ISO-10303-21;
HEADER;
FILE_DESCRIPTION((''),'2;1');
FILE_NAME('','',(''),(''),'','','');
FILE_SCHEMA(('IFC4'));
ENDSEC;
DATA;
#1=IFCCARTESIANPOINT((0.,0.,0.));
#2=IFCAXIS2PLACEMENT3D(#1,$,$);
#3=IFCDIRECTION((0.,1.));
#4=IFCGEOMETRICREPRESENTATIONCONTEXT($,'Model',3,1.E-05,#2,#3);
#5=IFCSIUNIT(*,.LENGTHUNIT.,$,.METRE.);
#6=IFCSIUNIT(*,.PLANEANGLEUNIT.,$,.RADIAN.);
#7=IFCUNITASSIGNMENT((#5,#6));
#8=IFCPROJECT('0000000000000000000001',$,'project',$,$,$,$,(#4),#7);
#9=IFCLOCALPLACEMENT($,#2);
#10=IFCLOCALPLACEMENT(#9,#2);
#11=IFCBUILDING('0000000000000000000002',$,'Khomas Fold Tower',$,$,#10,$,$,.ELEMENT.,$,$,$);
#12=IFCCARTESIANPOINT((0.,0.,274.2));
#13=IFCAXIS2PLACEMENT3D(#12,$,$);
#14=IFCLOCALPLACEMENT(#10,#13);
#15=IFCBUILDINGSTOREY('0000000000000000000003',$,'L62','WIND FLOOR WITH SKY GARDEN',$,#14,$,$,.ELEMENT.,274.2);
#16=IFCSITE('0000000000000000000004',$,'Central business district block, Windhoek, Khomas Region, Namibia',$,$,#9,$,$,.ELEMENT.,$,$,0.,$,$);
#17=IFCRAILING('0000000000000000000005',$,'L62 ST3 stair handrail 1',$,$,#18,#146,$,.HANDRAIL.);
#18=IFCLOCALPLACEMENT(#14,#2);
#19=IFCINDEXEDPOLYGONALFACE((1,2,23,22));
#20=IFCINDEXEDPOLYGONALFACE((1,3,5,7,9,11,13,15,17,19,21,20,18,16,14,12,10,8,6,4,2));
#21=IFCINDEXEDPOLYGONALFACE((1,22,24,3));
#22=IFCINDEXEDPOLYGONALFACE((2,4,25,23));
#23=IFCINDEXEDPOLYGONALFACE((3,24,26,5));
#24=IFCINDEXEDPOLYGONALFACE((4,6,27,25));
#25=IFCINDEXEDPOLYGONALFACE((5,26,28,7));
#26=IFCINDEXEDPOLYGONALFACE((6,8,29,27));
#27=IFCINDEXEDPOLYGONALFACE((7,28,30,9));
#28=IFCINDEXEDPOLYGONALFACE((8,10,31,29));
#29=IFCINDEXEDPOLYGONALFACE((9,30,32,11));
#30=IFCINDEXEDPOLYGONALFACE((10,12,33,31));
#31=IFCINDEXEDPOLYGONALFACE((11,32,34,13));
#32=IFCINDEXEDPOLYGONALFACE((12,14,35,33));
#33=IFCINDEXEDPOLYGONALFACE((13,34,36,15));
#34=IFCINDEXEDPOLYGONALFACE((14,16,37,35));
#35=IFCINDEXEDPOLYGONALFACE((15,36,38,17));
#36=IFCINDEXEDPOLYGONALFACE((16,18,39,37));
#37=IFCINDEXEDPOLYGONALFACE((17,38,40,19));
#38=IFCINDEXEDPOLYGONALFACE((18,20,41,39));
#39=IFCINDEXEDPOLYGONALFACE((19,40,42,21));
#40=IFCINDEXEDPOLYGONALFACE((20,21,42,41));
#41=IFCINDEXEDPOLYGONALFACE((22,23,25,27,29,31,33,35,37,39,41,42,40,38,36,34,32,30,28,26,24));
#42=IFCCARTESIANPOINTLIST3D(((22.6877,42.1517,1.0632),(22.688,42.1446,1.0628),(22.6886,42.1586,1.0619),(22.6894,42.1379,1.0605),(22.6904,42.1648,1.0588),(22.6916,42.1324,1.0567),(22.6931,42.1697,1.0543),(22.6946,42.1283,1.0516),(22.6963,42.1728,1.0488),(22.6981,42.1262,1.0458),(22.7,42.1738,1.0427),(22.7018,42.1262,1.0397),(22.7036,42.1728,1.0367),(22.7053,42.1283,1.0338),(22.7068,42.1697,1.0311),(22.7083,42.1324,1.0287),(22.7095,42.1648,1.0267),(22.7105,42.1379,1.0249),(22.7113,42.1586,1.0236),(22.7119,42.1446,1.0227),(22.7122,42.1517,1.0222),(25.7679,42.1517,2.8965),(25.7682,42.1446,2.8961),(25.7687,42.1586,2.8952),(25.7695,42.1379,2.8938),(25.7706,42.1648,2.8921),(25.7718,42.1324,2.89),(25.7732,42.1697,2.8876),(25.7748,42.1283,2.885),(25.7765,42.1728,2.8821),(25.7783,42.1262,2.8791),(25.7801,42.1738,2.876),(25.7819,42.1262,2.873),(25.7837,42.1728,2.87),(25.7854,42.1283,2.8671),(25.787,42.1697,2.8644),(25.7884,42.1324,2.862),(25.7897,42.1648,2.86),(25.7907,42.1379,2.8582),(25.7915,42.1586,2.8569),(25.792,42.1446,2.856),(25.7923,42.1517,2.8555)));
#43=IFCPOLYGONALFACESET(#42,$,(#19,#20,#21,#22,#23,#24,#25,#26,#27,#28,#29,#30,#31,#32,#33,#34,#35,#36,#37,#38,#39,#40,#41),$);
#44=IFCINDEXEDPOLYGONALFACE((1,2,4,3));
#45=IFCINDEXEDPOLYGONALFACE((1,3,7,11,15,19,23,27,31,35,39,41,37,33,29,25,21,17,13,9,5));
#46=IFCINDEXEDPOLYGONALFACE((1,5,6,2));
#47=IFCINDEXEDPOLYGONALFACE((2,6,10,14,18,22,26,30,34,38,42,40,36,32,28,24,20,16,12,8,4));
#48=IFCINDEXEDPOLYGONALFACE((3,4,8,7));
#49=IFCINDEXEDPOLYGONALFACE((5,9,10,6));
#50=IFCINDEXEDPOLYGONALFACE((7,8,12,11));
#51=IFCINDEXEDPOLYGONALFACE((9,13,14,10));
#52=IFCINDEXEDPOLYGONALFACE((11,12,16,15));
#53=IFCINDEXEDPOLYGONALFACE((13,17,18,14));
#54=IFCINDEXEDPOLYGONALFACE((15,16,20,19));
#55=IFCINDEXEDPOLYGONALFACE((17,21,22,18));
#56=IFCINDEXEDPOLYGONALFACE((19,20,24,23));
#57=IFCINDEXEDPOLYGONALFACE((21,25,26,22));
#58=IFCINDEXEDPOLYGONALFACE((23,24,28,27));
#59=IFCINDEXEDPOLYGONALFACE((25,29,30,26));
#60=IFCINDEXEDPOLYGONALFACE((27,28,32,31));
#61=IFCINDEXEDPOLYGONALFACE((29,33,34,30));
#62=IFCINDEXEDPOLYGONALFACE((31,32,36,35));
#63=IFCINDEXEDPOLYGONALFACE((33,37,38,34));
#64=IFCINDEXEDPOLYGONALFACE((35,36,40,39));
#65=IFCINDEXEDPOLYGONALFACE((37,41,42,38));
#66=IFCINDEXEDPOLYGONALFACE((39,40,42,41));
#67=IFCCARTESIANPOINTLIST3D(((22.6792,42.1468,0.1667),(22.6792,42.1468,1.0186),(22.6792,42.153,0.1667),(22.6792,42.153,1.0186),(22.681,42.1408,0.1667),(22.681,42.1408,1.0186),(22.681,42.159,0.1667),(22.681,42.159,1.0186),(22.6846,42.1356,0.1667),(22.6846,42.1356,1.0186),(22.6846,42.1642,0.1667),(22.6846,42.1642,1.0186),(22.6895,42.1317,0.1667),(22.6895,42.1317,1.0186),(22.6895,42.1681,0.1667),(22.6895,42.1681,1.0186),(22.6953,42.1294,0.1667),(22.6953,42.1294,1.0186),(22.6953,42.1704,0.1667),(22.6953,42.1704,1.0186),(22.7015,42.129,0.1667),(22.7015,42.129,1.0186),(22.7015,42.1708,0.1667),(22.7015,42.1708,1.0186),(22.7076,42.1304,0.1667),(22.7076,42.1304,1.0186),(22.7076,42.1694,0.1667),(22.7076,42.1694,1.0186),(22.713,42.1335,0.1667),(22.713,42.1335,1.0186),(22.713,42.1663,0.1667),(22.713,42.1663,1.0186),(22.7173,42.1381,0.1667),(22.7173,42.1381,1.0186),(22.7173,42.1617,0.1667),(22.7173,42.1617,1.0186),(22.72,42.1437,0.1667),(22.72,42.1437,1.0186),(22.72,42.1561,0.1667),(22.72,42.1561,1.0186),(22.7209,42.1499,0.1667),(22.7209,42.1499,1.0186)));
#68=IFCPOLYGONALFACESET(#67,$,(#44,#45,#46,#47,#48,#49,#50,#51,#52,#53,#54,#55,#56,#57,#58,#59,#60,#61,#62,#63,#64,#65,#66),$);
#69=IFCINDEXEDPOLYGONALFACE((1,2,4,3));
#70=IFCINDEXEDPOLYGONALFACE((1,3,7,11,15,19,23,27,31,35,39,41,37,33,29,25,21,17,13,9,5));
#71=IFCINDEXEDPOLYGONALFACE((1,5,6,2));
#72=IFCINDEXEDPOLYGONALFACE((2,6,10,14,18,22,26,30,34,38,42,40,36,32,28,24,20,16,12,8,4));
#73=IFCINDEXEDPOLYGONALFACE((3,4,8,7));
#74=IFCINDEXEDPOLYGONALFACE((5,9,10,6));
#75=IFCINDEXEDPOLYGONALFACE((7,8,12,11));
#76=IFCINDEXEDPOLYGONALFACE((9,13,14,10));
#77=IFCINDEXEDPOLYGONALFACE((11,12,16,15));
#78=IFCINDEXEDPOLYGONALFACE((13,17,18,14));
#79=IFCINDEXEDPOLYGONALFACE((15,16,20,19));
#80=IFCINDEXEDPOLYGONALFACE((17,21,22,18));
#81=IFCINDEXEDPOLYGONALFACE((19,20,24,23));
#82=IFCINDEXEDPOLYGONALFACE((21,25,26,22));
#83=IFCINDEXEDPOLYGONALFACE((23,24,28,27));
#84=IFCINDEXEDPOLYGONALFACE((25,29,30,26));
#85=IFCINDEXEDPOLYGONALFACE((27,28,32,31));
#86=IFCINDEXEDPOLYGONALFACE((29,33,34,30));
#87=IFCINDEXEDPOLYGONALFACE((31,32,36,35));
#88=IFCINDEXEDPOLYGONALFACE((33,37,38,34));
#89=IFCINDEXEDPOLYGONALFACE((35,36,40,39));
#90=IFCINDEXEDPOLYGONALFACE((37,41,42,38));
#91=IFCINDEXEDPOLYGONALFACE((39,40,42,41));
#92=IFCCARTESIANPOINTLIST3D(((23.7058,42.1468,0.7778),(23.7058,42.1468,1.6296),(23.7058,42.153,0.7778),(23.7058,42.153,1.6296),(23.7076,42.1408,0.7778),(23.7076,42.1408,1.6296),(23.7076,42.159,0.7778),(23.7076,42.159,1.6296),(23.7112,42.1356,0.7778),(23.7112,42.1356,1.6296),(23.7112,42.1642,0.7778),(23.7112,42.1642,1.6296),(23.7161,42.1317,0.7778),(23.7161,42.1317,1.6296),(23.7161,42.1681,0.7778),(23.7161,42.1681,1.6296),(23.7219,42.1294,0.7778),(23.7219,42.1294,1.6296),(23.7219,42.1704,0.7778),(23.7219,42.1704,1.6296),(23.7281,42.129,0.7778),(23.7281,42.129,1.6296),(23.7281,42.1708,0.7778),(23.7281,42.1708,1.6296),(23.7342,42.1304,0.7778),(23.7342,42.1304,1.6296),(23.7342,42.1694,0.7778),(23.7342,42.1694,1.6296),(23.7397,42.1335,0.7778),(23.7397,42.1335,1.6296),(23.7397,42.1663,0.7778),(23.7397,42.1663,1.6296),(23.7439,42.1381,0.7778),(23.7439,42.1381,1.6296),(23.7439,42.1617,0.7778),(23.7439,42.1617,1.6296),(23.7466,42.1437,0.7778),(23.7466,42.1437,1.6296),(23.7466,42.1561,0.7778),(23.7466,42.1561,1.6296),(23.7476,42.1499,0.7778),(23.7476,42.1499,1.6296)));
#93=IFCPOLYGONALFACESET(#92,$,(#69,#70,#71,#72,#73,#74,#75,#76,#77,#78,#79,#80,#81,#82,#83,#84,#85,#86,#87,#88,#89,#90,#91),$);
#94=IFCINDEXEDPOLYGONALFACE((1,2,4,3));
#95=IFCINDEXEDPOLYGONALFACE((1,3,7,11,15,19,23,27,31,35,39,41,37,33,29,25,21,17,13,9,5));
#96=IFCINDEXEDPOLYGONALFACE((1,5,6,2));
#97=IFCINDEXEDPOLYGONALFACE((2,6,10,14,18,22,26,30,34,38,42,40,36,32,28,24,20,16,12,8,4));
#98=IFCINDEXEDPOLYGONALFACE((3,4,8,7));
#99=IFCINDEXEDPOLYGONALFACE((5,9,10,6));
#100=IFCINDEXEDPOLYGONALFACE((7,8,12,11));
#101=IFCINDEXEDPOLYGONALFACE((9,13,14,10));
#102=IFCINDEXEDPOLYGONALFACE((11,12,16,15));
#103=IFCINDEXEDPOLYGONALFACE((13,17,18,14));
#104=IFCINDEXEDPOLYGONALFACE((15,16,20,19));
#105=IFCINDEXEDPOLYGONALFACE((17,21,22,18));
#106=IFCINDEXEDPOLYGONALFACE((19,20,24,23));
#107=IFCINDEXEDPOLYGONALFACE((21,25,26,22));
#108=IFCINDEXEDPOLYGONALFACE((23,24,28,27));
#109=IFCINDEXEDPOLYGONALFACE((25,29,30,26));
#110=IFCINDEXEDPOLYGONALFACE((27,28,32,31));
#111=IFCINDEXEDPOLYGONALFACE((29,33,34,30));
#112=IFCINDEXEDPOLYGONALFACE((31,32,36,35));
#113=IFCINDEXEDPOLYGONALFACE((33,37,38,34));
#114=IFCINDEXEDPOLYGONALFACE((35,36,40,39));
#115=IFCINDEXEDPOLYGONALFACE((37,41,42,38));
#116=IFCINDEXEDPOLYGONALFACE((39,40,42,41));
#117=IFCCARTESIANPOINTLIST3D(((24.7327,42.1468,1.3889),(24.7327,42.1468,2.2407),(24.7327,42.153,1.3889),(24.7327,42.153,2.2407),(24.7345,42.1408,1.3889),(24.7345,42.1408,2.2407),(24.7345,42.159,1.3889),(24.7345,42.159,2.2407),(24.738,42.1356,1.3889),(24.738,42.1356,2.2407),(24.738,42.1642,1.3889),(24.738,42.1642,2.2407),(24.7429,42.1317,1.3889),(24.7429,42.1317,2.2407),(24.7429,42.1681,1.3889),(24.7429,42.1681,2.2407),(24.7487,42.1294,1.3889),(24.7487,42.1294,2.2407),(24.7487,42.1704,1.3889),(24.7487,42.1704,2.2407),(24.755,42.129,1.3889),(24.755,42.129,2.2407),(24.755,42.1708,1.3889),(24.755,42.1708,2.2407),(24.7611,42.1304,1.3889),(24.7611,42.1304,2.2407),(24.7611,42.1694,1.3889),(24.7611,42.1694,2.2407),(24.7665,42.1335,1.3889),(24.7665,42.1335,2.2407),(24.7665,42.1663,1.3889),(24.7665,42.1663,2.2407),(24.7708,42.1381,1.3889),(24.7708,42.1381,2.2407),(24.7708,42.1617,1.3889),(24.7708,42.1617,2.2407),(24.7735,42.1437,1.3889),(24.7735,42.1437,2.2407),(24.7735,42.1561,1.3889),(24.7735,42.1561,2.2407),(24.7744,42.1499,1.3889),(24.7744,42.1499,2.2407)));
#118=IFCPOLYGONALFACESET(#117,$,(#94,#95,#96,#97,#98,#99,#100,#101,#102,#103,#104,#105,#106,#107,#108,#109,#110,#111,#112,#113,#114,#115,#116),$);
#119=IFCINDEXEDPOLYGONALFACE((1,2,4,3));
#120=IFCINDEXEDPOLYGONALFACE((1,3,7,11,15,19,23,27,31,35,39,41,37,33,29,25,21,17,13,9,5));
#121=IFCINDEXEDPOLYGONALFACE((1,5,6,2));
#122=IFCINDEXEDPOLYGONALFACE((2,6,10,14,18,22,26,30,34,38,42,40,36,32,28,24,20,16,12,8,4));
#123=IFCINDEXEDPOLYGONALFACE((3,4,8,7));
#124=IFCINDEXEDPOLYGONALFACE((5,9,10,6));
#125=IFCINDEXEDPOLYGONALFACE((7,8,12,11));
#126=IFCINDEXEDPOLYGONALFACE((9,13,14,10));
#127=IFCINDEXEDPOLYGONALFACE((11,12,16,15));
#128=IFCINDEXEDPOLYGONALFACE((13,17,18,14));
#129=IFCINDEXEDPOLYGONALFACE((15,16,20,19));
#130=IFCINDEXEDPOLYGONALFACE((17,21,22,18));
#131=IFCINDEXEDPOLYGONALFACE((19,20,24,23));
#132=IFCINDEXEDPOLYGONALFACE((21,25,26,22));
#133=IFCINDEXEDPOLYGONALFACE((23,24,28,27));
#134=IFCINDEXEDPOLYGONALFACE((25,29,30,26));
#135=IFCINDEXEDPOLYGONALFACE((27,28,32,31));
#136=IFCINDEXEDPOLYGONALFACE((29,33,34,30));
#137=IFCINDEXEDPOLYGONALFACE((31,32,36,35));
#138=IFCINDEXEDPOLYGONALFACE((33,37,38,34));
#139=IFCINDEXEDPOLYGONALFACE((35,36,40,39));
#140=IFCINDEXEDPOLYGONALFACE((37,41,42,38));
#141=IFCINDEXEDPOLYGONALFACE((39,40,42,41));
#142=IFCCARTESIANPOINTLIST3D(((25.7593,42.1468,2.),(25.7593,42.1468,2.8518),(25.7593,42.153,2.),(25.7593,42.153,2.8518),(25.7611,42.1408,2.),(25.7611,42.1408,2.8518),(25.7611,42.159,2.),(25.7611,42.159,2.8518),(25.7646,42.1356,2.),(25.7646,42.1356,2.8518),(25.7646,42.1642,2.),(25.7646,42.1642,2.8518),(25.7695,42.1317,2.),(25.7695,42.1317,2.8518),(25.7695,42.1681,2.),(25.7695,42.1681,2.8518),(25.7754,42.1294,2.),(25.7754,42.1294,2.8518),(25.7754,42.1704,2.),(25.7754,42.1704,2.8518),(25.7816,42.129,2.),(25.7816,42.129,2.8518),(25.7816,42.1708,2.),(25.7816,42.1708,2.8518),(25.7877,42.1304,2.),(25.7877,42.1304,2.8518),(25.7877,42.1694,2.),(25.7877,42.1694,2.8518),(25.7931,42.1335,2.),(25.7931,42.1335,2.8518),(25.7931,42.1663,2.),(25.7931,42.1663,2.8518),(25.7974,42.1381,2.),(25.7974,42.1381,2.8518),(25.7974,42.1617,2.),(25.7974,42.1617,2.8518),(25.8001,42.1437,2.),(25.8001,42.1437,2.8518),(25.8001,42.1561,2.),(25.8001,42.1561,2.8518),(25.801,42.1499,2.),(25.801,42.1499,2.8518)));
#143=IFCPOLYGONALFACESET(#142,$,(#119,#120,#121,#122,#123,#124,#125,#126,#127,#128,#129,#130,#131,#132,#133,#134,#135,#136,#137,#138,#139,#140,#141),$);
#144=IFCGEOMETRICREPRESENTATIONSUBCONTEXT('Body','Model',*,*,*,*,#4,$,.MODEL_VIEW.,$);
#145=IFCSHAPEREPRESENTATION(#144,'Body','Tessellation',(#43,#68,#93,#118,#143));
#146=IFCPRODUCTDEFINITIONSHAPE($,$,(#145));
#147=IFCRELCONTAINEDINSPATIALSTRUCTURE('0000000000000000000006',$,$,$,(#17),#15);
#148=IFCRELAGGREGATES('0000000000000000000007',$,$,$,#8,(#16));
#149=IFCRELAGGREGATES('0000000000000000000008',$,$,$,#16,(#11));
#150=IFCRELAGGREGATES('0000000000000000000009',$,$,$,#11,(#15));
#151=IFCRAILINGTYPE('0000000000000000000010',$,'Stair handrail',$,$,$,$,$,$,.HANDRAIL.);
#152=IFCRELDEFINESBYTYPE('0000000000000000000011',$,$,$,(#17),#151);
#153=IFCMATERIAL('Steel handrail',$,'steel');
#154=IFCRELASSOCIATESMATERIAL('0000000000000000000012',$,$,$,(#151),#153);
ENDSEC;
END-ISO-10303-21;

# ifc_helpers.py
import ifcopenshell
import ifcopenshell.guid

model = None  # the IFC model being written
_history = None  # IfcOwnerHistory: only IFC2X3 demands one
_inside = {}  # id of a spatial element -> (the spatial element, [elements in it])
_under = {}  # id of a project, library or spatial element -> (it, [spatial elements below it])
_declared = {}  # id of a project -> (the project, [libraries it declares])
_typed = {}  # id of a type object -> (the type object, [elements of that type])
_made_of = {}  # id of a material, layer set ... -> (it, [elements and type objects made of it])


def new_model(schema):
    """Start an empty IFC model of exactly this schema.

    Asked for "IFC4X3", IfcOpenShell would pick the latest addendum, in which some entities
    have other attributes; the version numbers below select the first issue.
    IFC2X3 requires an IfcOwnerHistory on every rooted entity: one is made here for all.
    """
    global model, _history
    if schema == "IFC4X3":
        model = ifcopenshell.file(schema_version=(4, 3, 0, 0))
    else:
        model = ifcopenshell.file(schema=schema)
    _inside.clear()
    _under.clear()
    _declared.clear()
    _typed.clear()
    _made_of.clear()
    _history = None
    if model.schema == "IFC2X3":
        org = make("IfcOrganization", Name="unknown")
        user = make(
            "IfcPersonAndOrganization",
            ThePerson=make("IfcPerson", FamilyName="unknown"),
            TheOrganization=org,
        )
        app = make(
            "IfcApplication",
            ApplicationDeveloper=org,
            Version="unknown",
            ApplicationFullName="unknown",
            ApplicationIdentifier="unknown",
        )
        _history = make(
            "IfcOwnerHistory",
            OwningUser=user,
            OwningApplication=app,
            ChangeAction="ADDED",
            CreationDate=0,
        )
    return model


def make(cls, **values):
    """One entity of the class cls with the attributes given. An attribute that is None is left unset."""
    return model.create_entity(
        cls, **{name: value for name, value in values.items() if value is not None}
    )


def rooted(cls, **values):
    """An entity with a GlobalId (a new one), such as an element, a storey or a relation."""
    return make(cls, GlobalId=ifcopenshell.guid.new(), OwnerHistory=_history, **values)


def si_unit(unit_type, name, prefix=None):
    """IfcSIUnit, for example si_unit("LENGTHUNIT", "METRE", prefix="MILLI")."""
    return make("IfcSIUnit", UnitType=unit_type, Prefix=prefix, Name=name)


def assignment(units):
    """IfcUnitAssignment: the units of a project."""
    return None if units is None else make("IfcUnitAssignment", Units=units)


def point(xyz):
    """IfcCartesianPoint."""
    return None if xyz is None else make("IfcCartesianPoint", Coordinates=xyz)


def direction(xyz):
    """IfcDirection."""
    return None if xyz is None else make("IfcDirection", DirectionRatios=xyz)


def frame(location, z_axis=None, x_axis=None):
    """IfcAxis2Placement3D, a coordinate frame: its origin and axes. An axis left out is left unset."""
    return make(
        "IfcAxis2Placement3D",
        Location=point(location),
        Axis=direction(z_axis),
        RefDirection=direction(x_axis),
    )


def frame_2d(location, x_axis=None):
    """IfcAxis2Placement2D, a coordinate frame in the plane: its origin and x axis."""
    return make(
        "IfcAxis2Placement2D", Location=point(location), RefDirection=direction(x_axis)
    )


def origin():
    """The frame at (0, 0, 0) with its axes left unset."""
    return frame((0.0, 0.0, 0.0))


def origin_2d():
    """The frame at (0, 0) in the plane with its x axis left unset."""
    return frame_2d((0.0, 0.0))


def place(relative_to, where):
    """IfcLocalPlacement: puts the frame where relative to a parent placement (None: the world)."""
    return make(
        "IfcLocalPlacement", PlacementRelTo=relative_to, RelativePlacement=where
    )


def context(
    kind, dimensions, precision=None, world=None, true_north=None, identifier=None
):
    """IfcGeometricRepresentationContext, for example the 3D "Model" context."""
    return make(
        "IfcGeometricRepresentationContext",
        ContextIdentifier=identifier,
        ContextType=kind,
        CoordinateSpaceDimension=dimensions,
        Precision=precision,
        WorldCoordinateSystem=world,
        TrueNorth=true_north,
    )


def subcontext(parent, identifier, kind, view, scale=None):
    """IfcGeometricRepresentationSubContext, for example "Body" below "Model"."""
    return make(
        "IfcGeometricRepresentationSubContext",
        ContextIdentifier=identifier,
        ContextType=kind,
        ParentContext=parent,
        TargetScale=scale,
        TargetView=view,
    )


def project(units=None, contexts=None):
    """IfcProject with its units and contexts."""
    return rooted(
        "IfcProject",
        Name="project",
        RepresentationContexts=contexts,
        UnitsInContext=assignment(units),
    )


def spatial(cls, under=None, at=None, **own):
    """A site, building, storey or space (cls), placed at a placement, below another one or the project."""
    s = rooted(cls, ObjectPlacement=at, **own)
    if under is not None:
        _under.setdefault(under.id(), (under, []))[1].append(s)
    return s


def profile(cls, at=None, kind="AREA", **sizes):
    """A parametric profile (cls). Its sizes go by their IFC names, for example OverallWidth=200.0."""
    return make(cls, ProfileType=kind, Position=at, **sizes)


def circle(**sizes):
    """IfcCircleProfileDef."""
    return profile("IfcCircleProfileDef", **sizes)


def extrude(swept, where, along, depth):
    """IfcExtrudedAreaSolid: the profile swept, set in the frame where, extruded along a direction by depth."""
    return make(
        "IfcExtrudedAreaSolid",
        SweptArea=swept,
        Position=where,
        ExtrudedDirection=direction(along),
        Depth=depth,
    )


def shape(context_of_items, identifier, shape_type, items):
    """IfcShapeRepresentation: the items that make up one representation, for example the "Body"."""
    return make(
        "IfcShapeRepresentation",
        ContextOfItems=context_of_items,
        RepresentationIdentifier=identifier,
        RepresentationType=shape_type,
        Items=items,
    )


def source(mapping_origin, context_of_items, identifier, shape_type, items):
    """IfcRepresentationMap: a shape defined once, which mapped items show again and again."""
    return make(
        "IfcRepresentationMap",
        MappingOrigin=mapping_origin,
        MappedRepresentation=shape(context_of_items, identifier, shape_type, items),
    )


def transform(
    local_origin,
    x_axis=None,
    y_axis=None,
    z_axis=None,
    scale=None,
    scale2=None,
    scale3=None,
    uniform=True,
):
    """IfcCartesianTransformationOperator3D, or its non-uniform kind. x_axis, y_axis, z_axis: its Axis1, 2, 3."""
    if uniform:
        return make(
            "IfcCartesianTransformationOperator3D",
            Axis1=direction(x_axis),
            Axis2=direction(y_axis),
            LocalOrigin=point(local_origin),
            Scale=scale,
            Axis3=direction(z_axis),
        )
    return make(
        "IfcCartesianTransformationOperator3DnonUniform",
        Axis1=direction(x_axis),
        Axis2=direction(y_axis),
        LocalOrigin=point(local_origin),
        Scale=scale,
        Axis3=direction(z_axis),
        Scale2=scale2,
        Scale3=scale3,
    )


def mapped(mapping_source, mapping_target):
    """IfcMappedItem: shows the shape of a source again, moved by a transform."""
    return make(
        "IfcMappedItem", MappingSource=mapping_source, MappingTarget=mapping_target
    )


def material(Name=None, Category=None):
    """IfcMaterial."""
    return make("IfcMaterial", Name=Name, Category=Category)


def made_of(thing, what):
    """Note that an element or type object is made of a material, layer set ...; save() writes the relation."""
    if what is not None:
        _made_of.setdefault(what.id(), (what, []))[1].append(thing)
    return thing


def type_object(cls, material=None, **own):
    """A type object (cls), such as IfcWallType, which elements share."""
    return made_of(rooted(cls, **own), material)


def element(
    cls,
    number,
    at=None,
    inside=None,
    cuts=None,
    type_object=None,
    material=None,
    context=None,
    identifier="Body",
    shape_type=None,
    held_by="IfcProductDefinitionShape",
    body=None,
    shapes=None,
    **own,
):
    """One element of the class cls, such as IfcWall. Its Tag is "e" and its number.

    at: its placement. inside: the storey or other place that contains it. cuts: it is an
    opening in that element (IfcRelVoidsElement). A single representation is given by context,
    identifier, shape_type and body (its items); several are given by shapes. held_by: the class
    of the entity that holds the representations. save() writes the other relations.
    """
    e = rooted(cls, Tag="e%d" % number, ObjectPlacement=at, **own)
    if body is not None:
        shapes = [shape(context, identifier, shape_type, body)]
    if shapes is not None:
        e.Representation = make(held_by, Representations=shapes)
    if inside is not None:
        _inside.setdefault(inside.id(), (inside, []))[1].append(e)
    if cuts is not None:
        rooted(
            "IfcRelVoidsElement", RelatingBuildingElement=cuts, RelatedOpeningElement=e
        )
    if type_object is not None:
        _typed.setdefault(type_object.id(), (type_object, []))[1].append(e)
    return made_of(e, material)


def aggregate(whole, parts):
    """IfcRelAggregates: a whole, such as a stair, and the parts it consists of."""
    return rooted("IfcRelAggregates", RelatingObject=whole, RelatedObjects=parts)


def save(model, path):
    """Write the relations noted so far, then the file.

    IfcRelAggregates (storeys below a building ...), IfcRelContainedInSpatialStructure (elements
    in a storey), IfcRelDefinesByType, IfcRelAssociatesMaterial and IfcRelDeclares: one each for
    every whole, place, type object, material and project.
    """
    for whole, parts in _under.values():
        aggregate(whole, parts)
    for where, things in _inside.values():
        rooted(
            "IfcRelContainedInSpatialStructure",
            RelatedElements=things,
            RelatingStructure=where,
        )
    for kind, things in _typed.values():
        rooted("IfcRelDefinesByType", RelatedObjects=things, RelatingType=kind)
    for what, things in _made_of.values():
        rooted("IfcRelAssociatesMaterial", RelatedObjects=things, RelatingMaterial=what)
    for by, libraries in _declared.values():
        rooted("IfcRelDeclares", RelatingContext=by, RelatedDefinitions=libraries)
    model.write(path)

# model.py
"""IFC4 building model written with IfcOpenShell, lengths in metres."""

from ifc_helpers import new_model, si_unit, direction, frame, origin, origin_2d, place, context, subcontext, project, spatial, circle, extrude, source, transform, mapped, material, type_object, element, save


model = new_model("IFC4")

# Units and contexts
model_context = context("Model", 3, precision=1e-05, world=origin(), true_north=direction((0.0, 1.0)))
body_context = subcontext(model_context, "Body", "Model", "MODEL_VIEW")
ifc_project = project(units=[si_unit("LENGTHUNIT", "METRE"), si_unit("PLANEANGLEUNIT", "RADIAN")], contexts=[model_context])

# Site, building, storey
site_placement = place(None, origin())
site = spatial("IfcSite", under=ifc_project, at=site_placement, Name="Central business district block, Windhoek, Khomas Region, Namibia", CompositionType="ELEMENT", RefElevation=0.0)
building_placement = place(site_placement, origin())
building = spatial("IfcBuilding", under=site, at=building_placement, Name="Khomas Fold Tower", CompositionType="ELEMENT")
storey_placement = place(building_placement, frame((0.0, 0.0, 274.2)))
storey = spatial("IfcBuildingStorey", under=building, at=storey_placement, Name="L62", Description="WIND FLOOR WITH SKY GARDEN", CompositionType="ELEMENT", Elevation=274.2)

# Railing
ifc_material_1 = material(Name="Steel handrail", Category="steel")
railing_type = type_object("IfcRailingType", Name="Stair handrail", PredefinedType="HANDRAIL", material=ifc_material_1)
shared_shape_1 = source(origin(), body_context, "Body", "SweptSolid", [
    extrude(circle(Radius=0.0239, at=origin_2d()), frame((0.0, 0.0, 0.876), z_axis=(0.859309, 0.0, 0.511458), x_axis=(0.0, 1.0, 0.0)), (0.0, 0.0, 1.0), 3.5845),
    extrude(circle(Radius=0.021, at=origin_2d()), origin(), (0.0, 0.0, 1.0), 0.8518),
    extrude(circle(Radius=0.021, at=origin_2d()), frame((1.0266, 0.0, 0.6111)), (0.0, 0.0, 1.0), 0.8518),
    extrude(circle(Radius=0.021, at=origin_2d()), frame((2.0535, 0.0, 1.2222)), (0.0, 0.0, 1.0), 0.8518),
    extrude(circle(Radius=0.021, at=origin_2d()), frame((3.0801, 0.0, 1.8333)), (0.0, 0.0, 1.0), 0.8518),
])
for number, where, name in (
    (1, (22.7, 42.1499, 0.1667), "L62 ST3 stair handrail 1"),
):
    element("IfcRailing", number, at=place(storey_placement, frame(where)), inside=storey, type_object=railing_type, Name=name, PredefinedType="HANDRAIL", context=body_context, shape_type="MappedRepresentation", body=[
        mapped(shared_shape_1, transform((0.0, 0.0, 0.0))),
    ])

save(model, "model.ifc")
